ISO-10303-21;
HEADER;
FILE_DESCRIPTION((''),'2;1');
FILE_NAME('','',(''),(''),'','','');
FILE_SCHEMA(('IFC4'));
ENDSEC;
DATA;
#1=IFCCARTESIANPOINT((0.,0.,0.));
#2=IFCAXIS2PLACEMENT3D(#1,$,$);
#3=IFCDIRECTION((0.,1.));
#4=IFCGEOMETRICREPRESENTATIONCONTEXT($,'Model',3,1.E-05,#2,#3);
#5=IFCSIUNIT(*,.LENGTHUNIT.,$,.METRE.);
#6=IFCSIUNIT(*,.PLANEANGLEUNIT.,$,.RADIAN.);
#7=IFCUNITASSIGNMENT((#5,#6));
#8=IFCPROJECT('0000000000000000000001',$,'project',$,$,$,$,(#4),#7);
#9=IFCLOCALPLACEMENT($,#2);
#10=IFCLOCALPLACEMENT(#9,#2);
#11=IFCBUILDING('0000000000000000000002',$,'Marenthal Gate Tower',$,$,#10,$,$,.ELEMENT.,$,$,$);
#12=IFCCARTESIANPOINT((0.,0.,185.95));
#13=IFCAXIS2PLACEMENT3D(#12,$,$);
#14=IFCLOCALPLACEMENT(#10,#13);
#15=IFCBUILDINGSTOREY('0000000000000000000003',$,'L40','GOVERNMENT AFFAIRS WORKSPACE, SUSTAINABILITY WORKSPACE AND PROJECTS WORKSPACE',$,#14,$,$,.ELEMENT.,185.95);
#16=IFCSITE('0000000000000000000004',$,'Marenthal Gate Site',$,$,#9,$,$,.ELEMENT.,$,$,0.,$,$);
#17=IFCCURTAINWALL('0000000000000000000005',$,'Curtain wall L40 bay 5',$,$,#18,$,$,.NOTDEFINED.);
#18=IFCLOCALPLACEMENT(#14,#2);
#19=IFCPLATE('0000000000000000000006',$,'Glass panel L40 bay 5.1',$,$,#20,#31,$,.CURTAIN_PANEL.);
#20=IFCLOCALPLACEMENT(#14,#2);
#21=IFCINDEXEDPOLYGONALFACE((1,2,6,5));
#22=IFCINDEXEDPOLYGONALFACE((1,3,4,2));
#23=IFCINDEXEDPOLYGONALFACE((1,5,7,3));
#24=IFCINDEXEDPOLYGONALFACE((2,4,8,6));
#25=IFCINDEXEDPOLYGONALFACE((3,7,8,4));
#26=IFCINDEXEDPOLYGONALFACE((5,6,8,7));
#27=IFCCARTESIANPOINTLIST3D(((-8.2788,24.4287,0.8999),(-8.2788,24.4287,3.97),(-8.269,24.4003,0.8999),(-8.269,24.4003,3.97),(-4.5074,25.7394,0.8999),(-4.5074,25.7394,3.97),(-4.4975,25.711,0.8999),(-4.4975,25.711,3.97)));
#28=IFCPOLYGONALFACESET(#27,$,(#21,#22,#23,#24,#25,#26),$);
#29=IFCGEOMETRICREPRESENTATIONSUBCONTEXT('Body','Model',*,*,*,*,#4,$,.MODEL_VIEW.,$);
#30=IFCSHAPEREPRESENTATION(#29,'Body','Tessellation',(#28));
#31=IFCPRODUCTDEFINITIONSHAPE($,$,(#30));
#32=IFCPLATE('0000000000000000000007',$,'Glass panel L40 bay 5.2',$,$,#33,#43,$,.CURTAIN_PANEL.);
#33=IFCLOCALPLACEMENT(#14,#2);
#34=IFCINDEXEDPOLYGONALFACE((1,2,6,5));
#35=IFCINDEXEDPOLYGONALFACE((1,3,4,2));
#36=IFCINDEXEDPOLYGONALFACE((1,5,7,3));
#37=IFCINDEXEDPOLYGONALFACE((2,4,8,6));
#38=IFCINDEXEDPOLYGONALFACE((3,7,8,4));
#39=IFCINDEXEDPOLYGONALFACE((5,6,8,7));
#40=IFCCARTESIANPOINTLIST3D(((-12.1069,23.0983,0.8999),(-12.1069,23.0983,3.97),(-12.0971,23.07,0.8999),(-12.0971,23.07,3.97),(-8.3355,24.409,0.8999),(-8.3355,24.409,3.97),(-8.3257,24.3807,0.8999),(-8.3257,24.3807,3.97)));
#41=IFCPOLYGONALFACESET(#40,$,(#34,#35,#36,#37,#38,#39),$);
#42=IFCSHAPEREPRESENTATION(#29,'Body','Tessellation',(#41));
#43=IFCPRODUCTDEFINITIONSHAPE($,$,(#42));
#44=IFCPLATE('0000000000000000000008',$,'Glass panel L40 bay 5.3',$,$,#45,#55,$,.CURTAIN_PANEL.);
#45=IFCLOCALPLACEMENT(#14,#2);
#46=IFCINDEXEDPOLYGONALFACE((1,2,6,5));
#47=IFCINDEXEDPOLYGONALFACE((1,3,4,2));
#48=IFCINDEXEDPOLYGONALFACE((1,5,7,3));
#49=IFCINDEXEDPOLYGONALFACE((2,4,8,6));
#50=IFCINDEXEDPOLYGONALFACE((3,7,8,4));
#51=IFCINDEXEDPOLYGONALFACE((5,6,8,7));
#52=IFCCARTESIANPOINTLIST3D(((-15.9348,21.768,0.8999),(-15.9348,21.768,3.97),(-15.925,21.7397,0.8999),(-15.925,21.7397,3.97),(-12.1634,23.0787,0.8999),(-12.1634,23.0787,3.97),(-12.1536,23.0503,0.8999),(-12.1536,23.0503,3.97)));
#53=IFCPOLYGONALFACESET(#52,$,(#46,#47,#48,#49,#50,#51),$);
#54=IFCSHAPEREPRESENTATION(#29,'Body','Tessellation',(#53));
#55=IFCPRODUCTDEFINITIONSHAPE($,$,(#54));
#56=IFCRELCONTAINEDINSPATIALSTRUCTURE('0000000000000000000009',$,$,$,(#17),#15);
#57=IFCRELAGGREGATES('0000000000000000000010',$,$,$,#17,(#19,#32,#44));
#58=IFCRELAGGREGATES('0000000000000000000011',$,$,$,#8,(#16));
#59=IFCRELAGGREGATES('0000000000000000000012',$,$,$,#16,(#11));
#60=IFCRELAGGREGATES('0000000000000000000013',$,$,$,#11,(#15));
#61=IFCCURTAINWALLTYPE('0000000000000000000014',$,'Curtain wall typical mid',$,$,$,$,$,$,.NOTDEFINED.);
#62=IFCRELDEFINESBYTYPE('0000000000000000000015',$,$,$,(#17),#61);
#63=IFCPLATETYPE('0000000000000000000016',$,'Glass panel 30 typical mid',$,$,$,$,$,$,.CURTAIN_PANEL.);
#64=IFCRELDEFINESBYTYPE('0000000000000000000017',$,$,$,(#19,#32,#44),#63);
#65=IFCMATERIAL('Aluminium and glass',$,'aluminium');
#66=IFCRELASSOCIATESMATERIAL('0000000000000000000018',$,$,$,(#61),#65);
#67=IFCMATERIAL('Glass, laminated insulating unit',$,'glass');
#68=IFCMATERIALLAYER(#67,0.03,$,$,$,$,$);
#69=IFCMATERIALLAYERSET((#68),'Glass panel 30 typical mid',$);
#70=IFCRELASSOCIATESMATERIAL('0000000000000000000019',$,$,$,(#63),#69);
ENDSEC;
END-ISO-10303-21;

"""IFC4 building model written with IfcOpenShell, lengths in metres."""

from ifc_helpers import new_model, si_unit, direction, frame, origin, origin_2d, place, context, subcontext, project, spatial, rectangle, extrude, material, layer, layer_set, type_object, element, aggregate, save


model = new_model("IFC4")

# Units and contexts
model_context = context("Model", 3, precision=1e-05, world=origin(), true_north=direction((0.0, 1.0)))
body_context = subcontext(model_context, "Body", "Model", "MODEL_VIEW")
ifc_project = project(units=[si_unit("LENGTHUNIT", "METRE"), si_unit("PLANEANGLEUNIT", "RADIAN")], contexts=[model_context])

# Site, building, storey
site_placement = place(None, origin())
site = spatial("IfcSite", under=ifc_project, at=site_placement, Name="Marenthal Gate Site", CompositionType="ELEMENT", RefElevation=0.0)
building_placement = place(site_placement, origin())
building = spatial("IfcBuilding", under=site, at=building_placement, Name="Marenthal Gate Tower", CompositionType="ELEMENT")
storey_placement = place(building_placement, frame((0.0, 0.0, 185.95)))
storey = spatial("IfcBuildingStorey", under=building, at=storey_placement, Name="L40", Description="GOVERNMENT AFFAIRS WORKSPACE, SUSTAINABILITY WORKSPACE AND PROJECTS WORKSPACE", CompositionType="ELEMENT", Elevation=185.95)

# Curtain wall
ifc_material_1 = material(Name="Aluminium and glass", Category="aluminium")
curtain_wall_type = type_object("IfcCurtainWallType", Name="Curtain wall typical mid", PredefinedType="NOTDEFINED", material=ifc_material_1)
curtain_wall_placement = place(storey_placement, origin())
curtain_wall = element("IfcCurtainWall", 1, at=curtain_wall_placement, inside=storey, type_object=curtain_wall_type, Name="Curtain wall L40 bay 5", PredefinedType="NOTDEFINED")

# Plates
ifc_material_2 = material(Name="Glass, laminated insulating unit", Category="glass")
ifc_layer = layer(ifc_material_2, 0.03)
ifc_layer_set = layer_set([ifc_layer], Name="Glass panel 30 typical mid")
plate_type = type_object("IfcPlateType", Name="Glass panel 30 typical mid", PredefinedType="CURTAIN_PANEL", material=ifc_layer_set)
plate_1_placement = place(storey_placement, frame((-6.3882, 25.0698, 0.8999), z_axis=(0.0, 0.0, 1.0), x_axis=(-0.944583, -0.328273, 0.0)))
plate_1 = element("IfcPlate", 2, at=plate_1_placement, type_object=plate_type, Name="Glass panel L40 bay 5.1", PredefinedType="CURTAIN_PANEL", context=body_context, shape_type="SweptSolid", body=[
    extrude(rectangle(XDim=3.9927, YDim=0.03, at=origin_2d()), origin(), (0.0, 0.0, 1.0), 3.0701),
])
plate_2_placement = place(storey_placement, frame((-10.2163, 23.7395, 0.8999), z_axis=(0.0, 0.0, 1.0), x_axis=(-0.944583, -0.328273, 0.0)))
plate_2 = element("IfcPlate", 3, at=plate_2_placement, type_object=plate_type, Name="Glass panel L40 bay 5.2", PredefinedType="CURTAIN_PANEL", context=body_context, shape_type="SweptSolid", body=[
    extrude(rectangle(XDim=3.9927, YDim=0.03, at=origin_2d()), origin(), (0.0, 0.0, 1.0), 3.0701),
])
plate_3_placement = place(storey_placement, frame((-14.0442, 22.4092, 0.8999), z_axis=(0.0, 0.0, 1.0), x_axis=(-0.944583, -0.328273, 0.0)))
plate_3 = element("IfcPlate", 4, at=plate_3_placement, type_object=plate_type, Name="Glass panel L40 bay 5.3", PredefinedType="CURTAIN_PANEL", context=body_context, shape_type="SweptSolid", body=[
    extrude(rectangle(XDim=3.9927, YDim=0.03, at=origin_2d()), origin(), (0.0, 0.0, 1.0), 3.0701),
])
aggregate(curtain_wall, [plate_1, plate_2, plate_3])

save(model, "model.ifc")
